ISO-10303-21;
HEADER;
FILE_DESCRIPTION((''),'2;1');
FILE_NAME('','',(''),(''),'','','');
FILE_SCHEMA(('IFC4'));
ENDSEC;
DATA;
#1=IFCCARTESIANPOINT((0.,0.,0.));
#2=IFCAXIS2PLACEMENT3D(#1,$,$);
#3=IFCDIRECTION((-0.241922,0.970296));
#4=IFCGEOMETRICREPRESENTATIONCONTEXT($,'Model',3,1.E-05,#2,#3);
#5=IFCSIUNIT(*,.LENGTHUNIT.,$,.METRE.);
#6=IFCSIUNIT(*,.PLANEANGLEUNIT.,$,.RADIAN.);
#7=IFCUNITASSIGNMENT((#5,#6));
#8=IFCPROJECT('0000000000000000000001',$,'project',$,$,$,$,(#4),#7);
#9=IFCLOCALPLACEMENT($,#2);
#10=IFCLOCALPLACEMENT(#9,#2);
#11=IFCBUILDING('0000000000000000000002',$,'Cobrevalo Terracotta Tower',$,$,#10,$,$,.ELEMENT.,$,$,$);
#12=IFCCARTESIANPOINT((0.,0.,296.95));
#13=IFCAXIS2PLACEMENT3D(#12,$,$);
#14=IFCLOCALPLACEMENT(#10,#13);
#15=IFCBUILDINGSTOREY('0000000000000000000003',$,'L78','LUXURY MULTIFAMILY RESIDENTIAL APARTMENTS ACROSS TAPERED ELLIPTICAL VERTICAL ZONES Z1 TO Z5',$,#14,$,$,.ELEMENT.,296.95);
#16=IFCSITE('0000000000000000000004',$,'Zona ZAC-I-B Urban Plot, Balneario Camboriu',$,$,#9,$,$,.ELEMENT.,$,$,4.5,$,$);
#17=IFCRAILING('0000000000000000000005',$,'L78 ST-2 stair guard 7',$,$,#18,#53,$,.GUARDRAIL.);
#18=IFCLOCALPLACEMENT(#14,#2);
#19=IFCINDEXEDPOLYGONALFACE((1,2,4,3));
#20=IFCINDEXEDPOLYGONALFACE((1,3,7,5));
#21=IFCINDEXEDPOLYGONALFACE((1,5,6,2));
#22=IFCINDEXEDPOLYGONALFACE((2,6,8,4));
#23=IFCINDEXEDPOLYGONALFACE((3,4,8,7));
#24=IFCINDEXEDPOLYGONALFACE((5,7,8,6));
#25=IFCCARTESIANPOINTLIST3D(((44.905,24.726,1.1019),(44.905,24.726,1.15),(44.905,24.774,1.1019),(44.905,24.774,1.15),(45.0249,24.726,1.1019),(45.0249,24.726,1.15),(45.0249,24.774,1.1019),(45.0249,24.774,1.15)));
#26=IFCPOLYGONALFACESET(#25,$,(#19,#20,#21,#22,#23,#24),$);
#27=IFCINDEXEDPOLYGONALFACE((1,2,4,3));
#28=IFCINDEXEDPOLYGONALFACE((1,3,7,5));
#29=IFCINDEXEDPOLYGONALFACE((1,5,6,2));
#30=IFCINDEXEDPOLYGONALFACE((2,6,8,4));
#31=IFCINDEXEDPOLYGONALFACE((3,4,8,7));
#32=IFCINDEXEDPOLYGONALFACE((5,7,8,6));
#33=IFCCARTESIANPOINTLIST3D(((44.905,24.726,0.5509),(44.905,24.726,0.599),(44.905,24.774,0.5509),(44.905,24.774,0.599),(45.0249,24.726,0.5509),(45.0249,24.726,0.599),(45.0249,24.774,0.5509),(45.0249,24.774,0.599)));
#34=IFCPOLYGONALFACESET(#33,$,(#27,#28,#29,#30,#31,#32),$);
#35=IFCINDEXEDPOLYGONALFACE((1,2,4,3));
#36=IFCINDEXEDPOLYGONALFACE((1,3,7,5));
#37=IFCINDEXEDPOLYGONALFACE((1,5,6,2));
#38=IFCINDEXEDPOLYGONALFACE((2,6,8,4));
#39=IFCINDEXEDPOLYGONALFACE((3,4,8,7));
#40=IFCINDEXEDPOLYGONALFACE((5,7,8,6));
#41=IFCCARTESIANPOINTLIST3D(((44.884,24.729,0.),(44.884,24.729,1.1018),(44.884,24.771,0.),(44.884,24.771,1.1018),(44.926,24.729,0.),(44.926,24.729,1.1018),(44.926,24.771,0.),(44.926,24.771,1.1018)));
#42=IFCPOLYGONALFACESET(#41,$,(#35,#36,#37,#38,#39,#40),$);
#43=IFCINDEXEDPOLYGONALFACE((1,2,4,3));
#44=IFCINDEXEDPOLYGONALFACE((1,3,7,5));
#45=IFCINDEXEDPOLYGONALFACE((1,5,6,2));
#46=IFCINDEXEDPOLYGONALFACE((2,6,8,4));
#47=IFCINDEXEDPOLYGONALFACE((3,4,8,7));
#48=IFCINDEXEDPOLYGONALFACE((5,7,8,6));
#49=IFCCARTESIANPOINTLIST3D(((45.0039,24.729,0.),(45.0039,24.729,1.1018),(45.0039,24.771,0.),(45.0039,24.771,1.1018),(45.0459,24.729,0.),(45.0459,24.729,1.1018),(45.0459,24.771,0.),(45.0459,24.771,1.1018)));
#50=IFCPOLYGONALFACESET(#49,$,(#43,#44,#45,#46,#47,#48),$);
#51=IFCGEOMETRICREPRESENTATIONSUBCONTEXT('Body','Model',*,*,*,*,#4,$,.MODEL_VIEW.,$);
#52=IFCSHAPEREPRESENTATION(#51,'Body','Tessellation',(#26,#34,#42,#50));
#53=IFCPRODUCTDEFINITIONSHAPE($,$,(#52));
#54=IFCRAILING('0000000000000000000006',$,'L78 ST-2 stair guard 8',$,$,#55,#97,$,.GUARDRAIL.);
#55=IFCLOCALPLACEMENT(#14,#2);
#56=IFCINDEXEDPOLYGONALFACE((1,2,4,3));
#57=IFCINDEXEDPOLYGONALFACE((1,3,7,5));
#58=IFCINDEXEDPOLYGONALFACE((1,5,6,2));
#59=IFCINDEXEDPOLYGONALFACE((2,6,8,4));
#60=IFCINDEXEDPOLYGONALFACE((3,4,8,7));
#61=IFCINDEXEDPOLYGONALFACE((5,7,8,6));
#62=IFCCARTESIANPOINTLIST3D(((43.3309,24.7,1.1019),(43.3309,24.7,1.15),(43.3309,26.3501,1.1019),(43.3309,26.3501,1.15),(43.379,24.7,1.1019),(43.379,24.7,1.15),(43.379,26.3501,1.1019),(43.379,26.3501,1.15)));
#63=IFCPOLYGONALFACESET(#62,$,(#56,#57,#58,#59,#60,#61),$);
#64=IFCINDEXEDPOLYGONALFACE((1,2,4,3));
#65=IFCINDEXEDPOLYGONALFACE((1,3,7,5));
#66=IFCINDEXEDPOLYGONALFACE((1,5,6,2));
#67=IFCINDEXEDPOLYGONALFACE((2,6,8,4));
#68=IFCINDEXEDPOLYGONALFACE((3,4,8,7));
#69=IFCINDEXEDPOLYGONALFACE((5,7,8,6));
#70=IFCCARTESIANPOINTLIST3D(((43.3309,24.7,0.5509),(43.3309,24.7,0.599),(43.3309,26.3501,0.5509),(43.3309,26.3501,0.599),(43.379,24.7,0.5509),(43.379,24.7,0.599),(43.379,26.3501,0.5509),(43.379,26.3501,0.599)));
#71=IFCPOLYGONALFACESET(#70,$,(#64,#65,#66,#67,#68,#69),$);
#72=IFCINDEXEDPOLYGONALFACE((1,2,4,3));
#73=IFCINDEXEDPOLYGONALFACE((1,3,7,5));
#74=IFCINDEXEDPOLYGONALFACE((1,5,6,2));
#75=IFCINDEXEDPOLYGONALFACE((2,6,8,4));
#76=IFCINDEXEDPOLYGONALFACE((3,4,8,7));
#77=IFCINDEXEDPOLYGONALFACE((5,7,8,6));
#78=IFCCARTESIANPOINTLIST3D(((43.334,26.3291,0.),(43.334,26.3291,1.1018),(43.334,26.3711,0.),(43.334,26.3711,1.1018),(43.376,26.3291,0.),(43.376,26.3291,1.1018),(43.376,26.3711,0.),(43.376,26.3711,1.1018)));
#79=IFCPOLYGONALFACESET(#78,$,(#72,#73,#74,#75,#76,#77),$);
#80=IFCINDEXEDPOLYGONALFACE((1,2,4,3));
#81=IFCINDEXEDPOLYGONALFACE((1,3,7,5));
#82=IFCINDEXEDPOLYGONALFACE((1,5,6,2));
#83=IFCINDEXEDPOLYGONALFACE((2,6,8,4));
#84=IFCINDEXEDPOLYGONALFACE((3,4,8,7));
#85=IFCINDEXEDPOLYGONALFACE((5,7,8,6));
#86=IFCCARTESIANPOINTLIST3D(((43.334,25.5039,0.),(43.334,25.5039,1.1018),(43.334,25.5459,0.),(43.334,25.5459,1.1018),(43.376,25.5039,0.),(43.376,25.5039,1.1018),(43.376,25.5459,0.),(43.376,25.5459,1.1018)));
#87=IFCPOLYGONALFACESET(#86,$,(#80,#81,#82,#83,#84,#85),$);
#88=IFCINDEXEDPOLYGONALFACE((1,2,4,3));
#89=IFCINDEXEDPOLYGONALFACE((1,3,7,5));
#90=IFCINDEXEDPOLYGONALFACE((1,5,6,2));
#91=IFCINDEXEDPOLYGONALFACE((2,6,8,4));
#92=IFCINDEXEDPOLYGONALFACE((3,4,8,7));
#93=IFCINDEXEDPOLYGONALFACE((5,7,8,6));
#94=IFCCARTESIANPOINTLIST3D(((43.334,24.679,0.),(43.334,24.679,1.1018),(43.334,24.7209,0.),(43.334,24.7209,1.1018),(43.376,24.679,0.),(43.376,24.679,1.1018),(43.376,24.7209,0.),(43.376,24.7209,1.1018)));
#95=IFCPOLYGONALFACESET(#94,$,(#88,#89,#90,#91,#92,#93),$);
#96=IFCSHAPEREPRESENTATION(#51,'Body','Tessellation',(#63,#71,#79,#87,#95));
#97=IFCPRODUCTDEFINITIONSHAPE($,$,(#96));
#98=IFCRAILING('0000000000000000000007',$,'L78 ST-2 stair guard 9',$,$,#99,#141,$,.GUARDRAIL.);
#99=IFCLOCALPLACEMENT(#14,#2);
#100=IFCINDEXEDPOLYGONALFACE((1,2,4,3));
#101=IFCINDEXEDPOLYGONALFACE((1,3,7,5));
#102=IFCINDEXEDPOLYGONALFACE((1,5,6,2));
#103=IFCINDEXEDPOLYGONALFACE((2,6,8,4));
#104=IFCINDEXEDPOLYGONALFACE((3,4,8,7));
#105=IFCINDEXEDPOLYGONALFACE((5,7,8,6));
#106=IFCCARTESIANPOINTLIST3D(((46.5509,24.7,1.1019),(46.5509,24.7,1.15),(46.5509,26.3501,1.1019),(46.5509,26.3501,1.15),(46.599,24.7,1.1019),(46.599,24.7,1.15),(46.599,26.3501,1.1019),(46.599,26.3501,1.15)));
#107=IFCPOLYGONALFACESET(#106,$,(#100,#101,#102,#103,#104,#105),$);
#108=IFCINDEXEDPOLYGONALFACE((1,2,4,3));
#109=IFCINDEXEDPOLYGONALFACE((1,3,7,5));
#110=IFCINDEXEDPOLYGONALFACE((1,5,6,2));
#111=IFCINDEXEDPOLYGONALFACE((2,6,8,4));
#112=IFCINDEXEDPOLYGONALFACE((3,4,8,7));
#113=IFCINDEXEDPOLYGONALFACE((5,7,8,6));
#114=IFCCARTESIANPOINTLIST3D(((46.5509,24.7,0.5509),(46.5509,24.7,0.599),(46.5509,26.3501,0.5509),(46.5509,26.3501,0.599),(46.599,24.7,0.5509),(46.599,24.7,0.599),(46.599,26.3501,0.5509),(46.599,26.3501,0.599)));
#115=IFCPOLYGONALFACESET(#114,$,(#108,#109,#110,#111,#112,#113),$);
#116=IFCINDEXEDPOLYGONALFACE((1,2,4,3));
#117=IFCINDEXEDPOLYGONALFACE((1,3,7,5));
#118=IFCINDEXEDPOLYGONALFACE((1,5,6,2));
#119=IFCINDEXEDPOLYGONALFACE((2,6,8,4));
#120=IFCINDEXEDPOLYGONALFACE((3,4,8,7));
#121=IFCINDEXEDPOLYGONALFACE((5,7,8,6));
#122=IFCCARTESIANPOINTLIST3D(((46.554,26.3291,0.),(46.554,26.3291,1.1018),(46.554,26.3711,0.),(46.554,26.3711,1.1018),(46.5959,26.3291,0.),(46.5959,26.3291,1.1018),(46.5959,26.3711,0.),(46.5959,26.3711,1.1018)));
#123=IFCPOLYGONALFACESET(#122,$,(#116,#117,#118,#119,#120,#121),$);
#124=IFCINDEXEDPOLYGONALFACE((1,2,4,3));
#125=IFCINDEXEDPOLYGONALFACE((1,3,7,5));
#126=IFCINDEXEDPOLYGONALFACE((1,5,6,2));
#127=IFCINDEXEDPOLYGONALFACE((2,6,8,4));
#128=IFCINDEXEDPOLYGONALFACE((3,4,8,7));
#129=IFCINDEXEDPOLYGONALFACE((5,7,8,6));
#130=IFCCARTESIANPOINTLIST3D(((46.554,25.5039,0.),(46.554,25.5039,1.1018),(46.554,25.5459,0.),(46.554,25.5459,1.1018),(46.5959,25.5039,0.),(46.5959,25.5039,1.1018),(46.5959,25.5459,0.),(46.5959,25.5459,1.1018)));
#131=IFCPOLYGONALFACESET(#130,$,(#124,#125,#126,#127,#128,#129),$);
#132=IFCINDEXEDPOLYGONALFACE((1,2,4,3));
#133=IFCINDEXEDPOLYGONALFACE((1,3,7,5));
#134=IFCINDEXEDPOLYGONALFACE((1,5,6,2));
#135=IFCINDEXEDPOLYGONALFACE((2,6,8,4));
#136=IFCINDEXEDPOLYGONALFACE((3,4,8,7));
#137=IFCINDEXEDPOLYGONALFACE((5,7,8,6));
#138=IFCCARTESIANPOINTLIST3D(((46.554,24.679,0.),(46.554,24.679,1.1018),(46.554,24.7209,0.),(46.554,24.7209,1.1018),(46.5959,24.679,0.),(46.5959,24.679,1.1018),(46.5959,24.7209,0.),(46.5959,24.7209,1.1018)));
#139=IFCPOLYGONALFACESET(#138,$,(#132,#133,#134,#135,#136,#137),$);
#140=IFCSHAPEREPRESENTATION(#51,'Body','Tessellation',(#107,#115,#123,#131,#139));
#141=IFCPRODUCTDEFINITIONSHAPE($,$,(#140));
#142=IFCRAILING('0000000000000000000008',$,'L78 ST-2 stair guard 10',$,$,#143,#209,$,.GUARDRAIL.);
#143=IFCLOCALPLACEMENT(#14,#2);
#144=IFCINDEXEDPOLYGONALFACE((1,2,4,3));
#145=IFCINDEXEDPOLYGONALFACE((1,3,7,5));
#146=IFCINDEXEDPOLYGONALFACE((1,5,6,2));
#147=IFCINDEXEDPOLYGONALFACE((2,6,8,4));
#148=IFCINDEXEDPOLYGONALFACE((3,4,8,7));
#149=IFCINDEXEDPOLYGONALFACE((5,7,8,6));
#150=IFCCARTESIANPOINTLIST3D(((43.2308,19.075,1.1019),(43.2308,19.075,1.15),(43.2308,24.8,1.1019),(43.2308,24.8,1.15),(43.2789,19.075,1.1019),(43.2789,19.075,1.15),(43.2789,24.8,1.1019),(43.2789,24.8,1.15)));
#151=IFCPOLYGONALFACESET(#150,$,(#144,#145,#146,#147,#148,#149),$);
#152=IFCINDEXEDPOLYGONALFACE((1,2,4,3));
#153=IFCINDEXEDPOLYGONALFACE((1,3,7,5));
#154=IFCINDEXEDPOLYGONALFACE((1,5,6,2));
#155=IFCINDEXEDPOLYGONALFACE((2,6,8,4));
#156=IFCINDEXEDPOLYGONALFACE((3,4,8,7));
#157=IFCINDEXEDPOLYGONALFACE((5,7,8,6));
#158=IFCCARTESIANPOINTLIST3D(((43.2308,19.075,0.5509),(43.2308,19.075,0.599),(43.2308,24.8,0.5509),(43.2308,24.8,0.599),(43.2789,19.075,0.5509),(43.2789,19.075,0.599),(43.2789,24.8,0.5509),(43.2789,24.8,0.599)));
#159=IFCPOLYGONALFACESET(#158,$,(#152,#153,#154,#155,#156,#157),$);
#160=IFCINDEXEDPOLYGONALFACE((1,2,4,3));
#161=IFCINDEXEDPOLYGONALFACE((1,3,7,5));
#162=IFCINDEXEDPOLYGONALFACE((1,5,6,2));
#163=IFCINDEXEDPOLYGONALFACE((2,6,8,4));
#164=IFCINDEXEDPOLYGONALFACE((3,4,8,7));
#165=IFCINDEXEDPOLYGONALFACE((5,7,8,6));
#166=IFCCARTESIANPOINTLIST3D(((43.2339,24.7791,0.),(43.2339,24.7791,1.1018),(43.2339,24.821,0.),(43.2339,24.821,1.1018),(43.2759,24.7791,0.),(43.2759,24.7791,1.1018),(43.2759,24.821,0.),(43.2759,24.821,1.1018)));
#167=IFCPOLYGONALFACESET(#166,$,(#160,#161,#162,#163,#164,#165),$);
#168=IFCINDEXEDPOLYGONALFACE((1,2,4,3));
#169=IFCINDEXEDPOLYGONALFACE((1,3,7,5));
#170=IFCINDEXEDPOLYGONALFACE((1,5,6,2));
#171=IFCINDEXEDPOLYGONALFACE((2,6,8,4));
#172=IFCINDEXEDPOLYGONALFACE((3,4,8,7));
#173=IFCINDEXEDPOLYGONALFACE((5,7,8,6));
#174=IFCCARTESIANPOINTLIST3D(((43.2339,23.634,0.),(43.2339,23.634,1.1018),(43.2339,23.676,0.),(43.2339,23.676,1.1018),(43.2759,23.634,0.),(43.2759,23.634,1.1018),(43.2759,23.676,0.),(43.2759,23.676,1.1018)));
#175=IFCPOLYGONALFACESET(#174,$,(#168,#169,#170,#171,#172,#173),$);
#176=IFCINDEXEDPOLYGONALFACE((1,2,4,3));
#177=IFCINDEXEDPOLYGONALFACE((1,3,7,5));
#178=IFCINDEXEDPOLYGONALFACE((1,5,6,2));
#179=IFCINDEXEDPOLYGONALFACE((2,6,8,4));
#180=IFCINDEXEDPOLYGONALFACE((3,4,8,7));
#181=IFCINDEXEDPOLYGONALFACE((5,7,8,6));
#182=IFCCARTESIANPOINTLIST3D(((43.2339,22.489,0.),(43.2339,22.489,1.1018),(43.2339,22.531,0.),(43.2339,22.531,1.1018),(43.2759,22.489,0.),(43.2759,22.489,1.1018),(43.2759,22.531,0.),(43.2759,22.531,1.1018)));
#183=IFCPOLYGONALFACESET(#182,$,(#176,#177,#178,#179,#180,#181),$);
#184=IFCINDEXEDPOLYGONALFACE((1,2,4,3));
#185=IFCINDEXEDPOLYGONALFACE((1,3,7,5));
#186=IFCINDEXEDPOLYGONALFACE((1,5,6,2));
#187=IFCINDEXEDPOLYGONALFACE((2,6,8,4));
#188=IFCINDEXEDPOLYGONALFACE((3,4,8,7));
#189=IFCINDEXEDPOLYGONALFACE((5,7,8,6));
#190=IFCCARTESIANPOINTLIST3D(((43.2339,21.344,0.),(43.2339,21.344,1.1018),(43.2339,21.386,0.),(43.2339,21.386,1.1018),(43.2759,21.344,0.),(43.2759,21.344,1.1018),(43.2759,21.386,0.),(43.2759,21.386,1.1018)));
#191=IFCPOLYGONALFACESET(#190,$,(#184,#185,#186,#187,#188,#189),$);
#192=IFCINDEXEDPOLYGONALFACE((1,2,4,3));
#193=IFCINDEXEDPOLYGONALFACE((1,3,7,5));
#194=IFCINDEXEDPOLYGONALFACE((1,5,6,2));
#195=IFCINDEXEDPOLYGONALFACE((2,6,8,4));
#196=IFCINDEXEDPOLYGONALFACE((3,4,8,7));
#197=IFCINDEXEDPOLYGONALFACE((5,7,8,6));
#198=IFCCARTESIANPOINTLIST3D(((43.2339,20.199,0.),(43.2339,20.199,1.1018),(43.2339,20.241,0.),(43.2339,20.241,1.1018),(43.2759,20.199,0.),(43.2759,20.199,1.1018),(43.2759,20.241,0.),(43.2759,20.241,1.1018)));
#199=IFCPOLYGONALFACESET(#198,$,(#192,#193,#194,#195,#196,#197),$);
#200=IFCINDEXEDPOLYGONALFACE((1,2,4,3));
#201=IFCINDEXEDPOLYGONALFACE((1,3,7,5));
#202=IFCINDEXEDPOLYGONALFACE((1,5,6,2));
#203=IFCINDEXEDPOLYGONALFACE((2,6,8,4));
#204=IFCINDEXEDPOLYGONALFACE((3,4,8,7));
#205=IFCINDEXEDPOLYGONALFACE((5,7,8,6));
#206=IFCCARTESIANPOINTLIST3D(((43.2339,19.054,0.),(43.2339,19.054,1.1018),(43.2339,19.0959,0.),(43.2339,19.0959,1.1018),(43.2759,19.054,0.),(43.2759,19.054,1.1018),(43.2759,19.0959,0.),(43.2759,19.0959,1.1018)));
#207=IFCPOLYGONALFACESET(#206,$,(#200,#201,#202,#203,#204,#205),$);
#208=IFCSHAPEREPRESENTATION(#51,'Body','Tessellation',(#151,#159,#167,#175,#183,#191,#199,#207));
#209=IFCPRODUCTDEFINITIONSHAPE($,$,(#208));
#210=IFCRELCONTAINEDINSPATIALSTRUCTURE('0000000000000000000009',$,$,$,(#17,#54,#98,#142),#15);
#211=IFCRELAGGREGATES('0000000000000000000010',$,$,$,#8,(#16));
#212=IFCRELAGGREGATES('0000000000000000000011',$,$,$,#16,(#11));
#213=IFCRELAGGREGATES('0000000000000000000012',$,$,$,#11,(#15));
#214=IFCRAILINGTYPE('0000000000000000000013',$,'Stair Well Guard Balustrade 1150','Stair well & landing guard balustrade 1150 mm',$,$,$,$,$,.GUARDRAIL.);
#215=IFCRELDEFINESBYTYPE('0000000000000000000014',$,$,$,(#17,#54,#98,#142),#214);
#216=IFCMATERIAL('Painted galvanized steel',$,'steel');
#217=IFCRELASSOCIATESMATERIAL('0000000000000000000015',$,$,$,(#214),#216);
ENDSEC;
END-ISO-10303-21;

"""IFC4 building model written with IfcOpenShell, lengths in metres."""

from ifc_helpers import new_model, si_unit, direction, frame, origin, origin_2d, place, context, subcontext, project, spatial, rectangle, extrude, material, type_object, element, save


model = new_model("IFC4")

# Units and contexts
model_context = context("Model", 3, precision=1e-05, world=origin(), true_north=direction((-0.241922, 0.970296)))
body_context = subcontext(model_context, "Body", "Model", "MODEL_VIEW")
ifc_project = project(units=[si_unit("LENGTHUNIT", "METRE"), si_unit("PLANEANGLEUNIT", "RADIAN")], contexts=[model_context])

# Site, building, storey
site_placement = place(None, origin())
site = spatial("IfcSite", under=ifc_project, at=site_placement, Name="Zona ZAC-I-B Urban Plot, Balneario Camboriu", CompositionType="ELEMENT", RefElevation=4.5)
building_placement = place(site_placement, origin())
building = spatial("IfcBuilding", under=site, at=building_placement, Name="Cobrevalo Terracotta Tower", CompositionType="ELEMENT")
storey_placement = place(building_placement, frame((0.0, 0.0, 296.95)))
storey = spatial("IfcBuildingStorey", under=building, at=storey_placement, Name="L78", Description="LUXURY MULTIFAMILY RESIDENTIAL APARTMENTS ACROSS TAPERED ELLIPTICAL VERTICAL ZONES Z1 TO Z5", CompositionType="ELEMENT", Elevation=296.95)

# Railings
ifc_material_1 = material(Name="Painted galvanized steel", Category="steel")
railing_type = type_object("IfcRailingType", Name="Stair Well Guard Balustrade 1150", Description="Stair well & landing guard balustrade 1150 mm", PredefinedType="GUARDRAIL", material=ifc_material_1)
railing_1_placement = place(storey_placement, frame((44.905, 24.75, 0.0)))
element("IfcRailing", 1, at=railing_1_placement, inside=storey, type_object=railing_type, Name="L78 ST-2 stair guard 7", PredefinedType="GUARDRAIL", context=body_context, shape_type="SweptSolid", body=[
    extrude(rectangle(XDim=0.0481, YDim=0.0481, at=origin_2d()), frame((0.0, 0.0, 1.126), z_axis=(1.0, 0.0, 0.0), x_axis=(0.0, 1.0, 0.0)), (0.0, 0.0, 1.0), 0.1199),
    extrude(rectangle(XDim=0.0481, YDim=0.0481, at=origin_2d()), frame((0.0, 0.0, 0.575), z_axis=(1.0, 0.0, 0.0), x_axis=(0.0, 1.0, 0.0)), (0.0, 0.0, 1.0), 0.1199),
    extrude(rectangle(XDim=0.042, YDim=0.042, at=origin_2d()), origin(), (0.0, 0.0, 1.0), 1.1018),
    extrude(rectangle(XDim=0.042, YDim=0.042, at=origin_2d()), frame((0.1199, 0.0, 0.0)), (0.0, 0.0, 1.0), 1.1018),
])
for number, where, name in (
    (2, (43.355, 26.3501, 0.0), "L78 ST-2 stair guard 8"),
    (3, (46.575, 26.3501, 0.0), "L78 ST-2 stair guard 9"),
):
    element("IfcRailing", number, at=place(storey_placement, frame(where)), inside=storey, type_object=railing_type, Name=name, PredefinedType="GUARDRAIL", context=body_context, shape_type="SweptSolid", body=[
        extrude(rectangle(XDim=0.0481, YDim=0.0481, at=origin_2d()), frame((0.0, 0.0, 1.126), z_axis=(0.0, -1.0, 0.0), x_axis=(1.0, 0.0, 0.0)), (0.0, 0.0, 1.0), 1.6501),
        extrude(rectangle(XDim=0.0481, YDim=0.0481, at=origin_2d()), frame((0.0, 0.0, 0.575), z_axis=(0.0, -1.0, 0.0), x_axis=(1.0, 0.0, 0.0)), (0.0, 0.0, 1.0), 1.6501),
        extrude(rectangle(XDim=0.042, YDim=0.042, at=origin_2d()), origin(), (0.0, 0.0, 1.0), 1.1018),
        extrude(rectangle(XDim=0.042, YDim=0.042, at=origin_2d()), frame((0.0, -0.8252, 0.0)), (0.0, 0.0, 1.0), 1.1018),
        extrude(rectangle(XDim=0.042, YDim=0.042, at=origin_2d()), frame((0.0, -1.6501, 0.0)), (0.0, 0.0, 1.0), 1.1018),
    ])
for number, where, name in (
    (4, (43.2549, 24.8, 0.0), "L78 ST-2 stair guard 10"),
):
    element("IfcRailing", number, at=place(storey_placement, frame(where)), inside=storey, type_object=railing_type, Name=name, PredefinedType="GUARDRAIL", context=body_context, shape_type="SweptSolid", body=[
        extrude(rectangle(XDim=0.0481, YDim=0.0481, at=origin_2d()), frame((0.0, 0.0, 1.126), z_axis=(0.0, -1.0, 0.0), x_axis=(1.0, 0.0, 0.0)), (0.0, 0.0, 1.0), 5.7251),
        extrude(rectangle(XDim=0.0481, YDim=0.0481, at=origin_2d()), frame((0.0, 0.0, 0.575), z_axis=(0.0, -1.0, 0.0), x_axis=(1.0, 0.0, 0.0)), (0.0, 0.0, 1.0), 5.7251),
        extrude(rectangle(XDim=0.042, YDim=0.042, at=origin_2d()), origin(), (0.0, 0.0, 1.0), 1.1018),
        extrude(rectangle(XDim=0.042, YDim=0.042, at=origin_2d()), frame((0.0, -1.145, 0.0)), (0.0, 0.0, 1.0), 1.1018),
        extrude(rectangle(XDim=0.042, YDim=0.042, at=origin_2d()), frame((0.0, -2.29, 0.0)), (0.0, 0.0, 1.0), 1.1018),
        extrude(rectangle(XDim=0.042, YDim=0.042, at=origin_2d()), frame((0.0, -3.4351, 0.0)), (0.0, 0.0, 1.0), 1.1018),
        extrude(rectangle(XDim=0.042, YDim=0.042, at=origin_2d()), frame((0.0, -4.5801, 0.0)), (0.0, 0.0, 1.0), 1.1018),
        extrude(rectangle(XDim=0.042, YDim=0.042, at=origin_2d()), frame((0.0, -5.7251, 0.0)), (0.0, 0.0, 1.0), 1.1018),
    ])

save(model, "model.ifc")
